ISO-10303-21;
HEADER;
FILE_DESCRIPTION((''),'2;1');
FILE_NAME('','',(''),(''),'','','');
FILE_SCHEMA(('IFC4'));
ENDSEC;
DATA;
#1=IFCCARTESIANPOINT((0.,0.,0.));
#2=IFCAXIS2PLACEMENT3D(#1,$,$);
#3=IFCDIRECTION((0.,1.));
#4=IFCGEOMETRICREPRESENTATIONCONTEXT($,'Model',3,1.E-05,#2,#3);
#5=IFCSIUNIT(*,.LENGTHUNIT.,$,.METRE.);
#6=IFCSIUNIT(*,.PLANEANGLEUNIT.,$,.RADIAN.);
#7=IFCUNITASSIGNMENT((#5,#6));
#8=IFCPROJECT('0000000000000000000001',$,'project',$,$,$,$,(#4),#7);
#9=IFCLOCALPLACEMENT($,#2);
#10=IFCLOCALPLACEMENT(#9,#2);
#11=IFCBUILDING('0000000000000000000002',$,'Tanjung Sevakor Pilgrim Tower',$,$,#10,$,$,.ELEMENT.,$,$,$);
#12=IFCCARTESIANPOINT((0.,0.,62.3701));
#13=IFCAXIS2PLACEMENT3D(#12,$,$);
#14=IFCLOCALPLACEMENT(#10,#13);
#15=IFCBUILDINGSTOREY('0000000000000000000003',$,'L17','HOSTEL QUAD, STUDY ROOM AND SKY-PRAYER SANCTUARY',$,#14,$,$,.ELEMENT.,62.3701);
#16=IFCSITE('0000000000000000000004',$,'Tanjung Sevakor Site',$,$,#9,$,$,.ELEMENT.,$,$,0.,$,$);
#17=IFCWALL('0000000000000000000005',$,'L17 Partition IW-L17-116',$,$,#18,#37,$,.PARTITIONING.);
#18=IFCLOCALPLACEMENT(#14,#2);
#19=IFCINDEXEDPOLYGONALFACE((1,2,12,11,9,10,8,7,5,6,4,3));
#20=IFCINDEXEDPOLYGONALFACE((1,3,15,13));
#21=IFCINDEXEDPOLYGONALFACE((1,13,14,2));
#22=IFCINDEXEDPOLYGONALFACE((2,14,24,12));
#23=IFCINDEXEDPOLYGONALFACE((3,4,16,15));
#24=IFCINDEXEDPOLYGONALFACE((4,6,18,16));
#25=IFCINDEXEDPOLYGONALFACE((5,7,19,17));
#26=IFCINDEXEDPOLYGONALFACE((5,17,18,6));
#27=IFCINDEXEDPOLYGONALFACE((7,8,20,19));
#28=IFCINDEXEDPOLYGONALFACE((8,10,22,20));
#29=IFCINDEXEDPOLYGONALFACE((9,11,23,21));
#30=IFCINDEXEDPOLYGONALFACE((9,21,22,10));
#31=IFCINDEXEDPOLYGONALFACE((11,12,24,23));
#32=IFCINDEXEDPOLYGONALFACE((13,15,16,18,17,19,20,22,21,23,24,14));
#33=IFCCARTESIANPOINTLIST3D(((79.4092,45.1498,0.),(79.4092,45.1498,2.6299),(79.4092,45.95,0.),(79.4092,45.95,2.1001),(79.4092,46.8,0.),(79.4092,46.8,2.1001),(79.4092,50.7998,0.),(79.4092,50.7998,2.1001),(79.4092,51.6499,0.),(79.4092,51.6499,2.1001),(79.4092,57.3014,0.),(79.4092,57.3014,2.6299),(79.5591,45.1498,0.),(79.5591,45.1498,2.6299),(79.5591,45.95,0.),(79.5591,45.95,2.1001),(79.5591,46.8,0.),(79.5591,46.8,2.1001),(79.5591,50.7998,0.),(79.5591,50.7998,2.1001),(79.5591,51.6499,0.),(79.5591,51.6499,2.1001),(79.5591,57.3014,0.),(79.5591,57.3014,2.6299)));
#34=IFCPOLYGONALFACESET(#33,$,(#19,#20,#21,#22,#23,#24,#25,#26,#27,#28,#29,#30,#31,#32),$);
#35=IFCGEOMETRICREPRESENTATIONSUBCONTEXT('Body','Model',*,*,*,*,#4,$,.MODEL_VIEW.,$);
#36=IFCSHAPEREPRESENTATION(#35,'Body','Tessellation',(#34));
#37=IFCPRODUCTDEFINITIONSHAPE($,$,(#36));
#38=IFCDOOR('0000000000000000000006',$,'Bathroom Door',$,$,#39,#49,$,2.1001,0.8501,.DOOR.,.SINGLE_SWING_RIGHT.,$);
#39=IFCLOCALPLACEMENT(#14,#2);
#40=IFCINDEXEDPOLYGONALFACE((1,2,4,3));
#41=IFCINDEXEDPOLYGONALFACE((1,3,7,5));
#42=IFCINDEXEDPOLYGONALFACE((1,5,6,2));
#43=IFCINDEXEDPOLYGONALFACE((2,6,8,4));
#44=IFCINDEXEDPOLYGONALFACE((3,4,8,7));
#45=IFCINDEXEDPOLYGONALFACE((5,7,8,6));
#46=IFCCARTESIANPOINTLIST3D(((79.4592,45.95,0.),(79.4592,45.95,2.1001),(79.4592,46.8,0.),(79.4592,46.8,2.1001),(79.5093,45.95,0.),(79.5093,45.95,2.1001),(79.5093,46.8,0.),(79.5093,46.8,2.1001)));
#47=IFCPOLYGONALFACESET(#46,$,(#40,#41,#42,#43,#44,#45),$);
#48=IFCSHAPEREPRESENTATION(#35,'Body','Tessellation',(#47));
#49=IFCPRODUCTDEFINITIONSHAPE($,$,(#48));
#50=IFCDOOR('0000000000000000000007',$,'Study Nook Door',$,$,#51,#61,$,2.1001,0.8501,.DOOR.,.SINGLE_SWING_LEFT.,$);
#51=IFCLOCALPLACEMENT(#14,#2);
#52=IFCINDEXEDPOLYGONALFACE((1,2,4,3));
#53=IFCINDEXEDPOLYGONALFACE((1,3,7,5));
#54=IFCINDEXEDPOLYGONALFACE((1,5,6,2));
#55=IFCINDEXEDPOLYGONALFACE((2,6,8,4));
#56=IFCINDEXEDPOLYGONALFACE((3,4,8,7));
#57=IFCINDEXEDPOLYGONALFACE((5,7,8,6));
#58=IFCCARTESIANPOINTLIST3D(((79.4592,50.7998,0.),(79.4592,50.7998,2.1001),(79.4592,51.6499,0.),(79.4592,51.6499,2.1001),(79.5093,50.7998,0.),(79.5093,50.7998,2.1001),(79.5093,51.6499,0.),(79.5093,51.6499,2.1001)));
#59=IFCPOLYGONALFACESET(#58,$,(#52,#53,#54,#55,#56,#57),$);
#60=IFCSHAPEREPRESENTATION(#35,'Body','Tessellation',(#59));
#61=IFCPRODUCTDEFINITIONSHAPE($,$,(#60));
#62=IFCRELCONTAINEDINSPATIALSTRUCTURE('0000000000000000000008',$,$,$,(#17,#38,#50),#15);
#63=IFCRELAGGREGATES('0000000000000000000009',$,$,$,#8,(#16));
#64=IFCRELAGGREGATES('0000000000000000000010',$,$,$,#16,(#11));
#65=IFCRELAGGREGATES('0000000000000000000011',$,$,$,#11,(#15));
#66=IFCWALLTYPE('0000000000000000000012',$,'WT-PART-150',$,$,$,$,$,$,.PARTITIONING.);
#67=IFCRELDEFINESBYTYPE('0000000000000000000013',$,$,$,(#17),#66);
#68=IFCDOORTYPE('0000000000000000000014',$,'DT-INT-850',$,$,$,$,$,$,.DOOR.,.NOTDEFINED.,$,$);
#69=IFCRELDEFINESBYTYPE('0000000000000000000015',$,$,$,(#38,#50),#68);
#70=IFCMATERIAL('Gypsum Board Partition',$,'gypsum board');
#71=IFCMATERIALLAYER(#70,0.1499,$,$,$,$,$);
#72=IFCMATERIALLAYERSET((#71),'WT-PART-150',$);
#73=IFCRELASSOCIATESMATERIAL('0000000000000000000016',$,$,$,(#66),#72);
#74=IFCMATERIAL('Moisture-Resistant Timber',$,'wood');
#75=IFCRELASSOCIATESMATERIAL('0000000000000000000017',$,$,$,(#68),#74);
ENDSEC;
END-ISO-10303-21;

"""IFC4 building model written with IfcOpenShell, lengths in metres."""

from ifc_helpers import new_model, si_unit, direction, frame, frame_2d, origin, place, context, subcontext, project, spatial, rectangle, extrude, material, layer, layer_set, type_object, element, fill, save


model = new_model("IFC4")

# Units and contexts
model_context = context("Model", 3, precision=1e-05, world=origin(), true_north=direction((0.0, 1.0)))
body_context = subcontext(model_context, "Body", "Model", "MODEL_VIEW")
ifc_project = project(units=[si_unit("LENGTHUNIT", "METRE"), si_unit("PLANEANGLEUNIT", "RADIAN")], contexts=[model_context])

# Site, building, storey
site_placement = place(None, origin())
site = spatial("IfcSite", under=ifc_project, at=site_placement, Name="Tanjung Sevakor Site", CompositionType="ELEMENT", RefElevation=0.0)
building_placement = place(site_placement, origin())
building = spatial("IfcBuilding", under=site, at=building_placement, Name="Tanjung Sevakor Pilgrim Tower", CompositionType="ELEMENT")
storey_placement = place(building_placement, frame((0.0, 0.0, 62.3701)))
storey = spatial("IfcBuildingStorey", under=building, at=storey_placement, Name="L17", Description="HOSTEL QUAD, STUDY ROOM AND SKY-PRAYER SANCTUARY", CompositionType="ELEMENT", Elevation=62.3701)

# Wall, openings, doors
ifc_material_1 = material(Name="Gypsum Board Partition", Category="gypsum board")
ifc_layer_1 = layer(ifc_material_1, 0.1499)
ifc_layer_set_1 = layer_set([ifc_layer_1], Name="WT-PART-150")
wall_type_1 = type_object("IfcWallType", Name="WT-PART-150", PredefinedType="PARTITIONING", material=ifc_layer_set_1)
ifc_material_2 = material(Name="Moisture-Resistant Timber", Category="wood")
door_type_1 = type_object("IfcDoorType", Name="DT-INT-850", OperationType="NOTDEFINED", PredefinedType="DOOR", material=ifc_material_2)
wall_1_placement = place(storey_placement, frame((79.4841, 45.1499, 0.0), z_axis=(0.0, 0.0, 1.0), x_axis=(0.0, 1.0, 0.0)))
wall_1 = element("IfcWall", 1, at=wall_1_placement, inside=storey, type_object=wall_type_1, Name="L17 Partition IW-L17-116", PredefinedType="PARTITIONING", context=body_context, shape_type="SweptSolid", body=[
    extrude(rectangle(XDim=12.1516, YDim=0.1499, at=frame_2d((6.0757, 0.0))), origin(), (0.0, 0.0, 1.0), 2.6299),
])
opening_1_placement = place(wall_1_placement, frame((0.8, 0.0, 0.0)))
opening_1 = element("IfcOpeningElement", 2, at=opening_1_placement, cuts=wall_1, PredefinedType="OPENING", context=body_context, shape_type="SweptSolid", body=[
    extrude(rectangle(XDim=0.8501, YDim=2.1001, at=frame_2d((0.425, 1.05))), frame((0.0, 0.085, 0.0), z_axis=(0.0, -1.0, 0.0), x_axis=(1.0, 0.0, 0.0)), (0.0, 0.0, 1.0), 0.1699),
])
opening_2_placement = place(wall_1_placement, frame((5.6499, 0.0, 0.0)))
opening_2 = element("IfcOpeningElement", 3, at=opening_2_placement, cuts=wall_1, PredefinedType="OPENING", context=body_context, shape_type="SweptSolid", body=[
    extrude(rectangle(XDim=0.8501, YDim=2.1001, at=frame_2d((0.425, 1.05))), frame((0.0, 0.085, 0.0), z_axis=(0.0, -1.0, 0.0), x_axis=(1.0, 0.0, 0.0)), (0.0, 0.0, 1.0), 0.1699),
])
door_1_placement = place(opening_1_placement, origin())
door_1 = element("IfcDoor", 4, at=door_1_placement, inside=storey, type_object=door_type_1, Name="Bathroom Door", OperationType="SINGLE_SWING_RIGHT", OverallHeight=2.1001, OverallWidth=0.8501, PredefinedType="DOOR", context=body_context, shape_type="SweptSolid", body=[
    extrude(rectangle(XDim=0.8501, YDim=2.1001, at=frame_2d((0.425, 1.05))), frame((0.0, 0.0249, 0.0), z_axis=(0.0, -1.0, 0.0), x_axis=(1.0, 0.0, 0.0)), (0.0, 0.0, 1.0), 0.05),
])
fill(opening_1, door_1)
door_2_placement = place(opening_2_placement, origin())
door_2 = element("IfcDoor", 5, at=door_2_placement, inside=storey, type_object=door_type_1, Name="Study Nook Door", OperationType="SINGLE_SWING_LEFT", OverallHeight=2.1001, OverallWidth=0.8501, PredefinedType="DOOR", context=body_context, shape_type="SweptSolid", body=[
    extrude(rectangle(XDim=0.8501, YDim=2.1001, at=frame_2d((0.425, 1.05))), frame((0.0, 0.0249, 0.0), z_axis=(0.0, -1.0, 0.0), x_axis=(1.0, 0.0, 0.0)), (0.0, 0.0, 1.0), 0.05),
])
fill(opening_2, door_2)

save(model, "model.ifc")
